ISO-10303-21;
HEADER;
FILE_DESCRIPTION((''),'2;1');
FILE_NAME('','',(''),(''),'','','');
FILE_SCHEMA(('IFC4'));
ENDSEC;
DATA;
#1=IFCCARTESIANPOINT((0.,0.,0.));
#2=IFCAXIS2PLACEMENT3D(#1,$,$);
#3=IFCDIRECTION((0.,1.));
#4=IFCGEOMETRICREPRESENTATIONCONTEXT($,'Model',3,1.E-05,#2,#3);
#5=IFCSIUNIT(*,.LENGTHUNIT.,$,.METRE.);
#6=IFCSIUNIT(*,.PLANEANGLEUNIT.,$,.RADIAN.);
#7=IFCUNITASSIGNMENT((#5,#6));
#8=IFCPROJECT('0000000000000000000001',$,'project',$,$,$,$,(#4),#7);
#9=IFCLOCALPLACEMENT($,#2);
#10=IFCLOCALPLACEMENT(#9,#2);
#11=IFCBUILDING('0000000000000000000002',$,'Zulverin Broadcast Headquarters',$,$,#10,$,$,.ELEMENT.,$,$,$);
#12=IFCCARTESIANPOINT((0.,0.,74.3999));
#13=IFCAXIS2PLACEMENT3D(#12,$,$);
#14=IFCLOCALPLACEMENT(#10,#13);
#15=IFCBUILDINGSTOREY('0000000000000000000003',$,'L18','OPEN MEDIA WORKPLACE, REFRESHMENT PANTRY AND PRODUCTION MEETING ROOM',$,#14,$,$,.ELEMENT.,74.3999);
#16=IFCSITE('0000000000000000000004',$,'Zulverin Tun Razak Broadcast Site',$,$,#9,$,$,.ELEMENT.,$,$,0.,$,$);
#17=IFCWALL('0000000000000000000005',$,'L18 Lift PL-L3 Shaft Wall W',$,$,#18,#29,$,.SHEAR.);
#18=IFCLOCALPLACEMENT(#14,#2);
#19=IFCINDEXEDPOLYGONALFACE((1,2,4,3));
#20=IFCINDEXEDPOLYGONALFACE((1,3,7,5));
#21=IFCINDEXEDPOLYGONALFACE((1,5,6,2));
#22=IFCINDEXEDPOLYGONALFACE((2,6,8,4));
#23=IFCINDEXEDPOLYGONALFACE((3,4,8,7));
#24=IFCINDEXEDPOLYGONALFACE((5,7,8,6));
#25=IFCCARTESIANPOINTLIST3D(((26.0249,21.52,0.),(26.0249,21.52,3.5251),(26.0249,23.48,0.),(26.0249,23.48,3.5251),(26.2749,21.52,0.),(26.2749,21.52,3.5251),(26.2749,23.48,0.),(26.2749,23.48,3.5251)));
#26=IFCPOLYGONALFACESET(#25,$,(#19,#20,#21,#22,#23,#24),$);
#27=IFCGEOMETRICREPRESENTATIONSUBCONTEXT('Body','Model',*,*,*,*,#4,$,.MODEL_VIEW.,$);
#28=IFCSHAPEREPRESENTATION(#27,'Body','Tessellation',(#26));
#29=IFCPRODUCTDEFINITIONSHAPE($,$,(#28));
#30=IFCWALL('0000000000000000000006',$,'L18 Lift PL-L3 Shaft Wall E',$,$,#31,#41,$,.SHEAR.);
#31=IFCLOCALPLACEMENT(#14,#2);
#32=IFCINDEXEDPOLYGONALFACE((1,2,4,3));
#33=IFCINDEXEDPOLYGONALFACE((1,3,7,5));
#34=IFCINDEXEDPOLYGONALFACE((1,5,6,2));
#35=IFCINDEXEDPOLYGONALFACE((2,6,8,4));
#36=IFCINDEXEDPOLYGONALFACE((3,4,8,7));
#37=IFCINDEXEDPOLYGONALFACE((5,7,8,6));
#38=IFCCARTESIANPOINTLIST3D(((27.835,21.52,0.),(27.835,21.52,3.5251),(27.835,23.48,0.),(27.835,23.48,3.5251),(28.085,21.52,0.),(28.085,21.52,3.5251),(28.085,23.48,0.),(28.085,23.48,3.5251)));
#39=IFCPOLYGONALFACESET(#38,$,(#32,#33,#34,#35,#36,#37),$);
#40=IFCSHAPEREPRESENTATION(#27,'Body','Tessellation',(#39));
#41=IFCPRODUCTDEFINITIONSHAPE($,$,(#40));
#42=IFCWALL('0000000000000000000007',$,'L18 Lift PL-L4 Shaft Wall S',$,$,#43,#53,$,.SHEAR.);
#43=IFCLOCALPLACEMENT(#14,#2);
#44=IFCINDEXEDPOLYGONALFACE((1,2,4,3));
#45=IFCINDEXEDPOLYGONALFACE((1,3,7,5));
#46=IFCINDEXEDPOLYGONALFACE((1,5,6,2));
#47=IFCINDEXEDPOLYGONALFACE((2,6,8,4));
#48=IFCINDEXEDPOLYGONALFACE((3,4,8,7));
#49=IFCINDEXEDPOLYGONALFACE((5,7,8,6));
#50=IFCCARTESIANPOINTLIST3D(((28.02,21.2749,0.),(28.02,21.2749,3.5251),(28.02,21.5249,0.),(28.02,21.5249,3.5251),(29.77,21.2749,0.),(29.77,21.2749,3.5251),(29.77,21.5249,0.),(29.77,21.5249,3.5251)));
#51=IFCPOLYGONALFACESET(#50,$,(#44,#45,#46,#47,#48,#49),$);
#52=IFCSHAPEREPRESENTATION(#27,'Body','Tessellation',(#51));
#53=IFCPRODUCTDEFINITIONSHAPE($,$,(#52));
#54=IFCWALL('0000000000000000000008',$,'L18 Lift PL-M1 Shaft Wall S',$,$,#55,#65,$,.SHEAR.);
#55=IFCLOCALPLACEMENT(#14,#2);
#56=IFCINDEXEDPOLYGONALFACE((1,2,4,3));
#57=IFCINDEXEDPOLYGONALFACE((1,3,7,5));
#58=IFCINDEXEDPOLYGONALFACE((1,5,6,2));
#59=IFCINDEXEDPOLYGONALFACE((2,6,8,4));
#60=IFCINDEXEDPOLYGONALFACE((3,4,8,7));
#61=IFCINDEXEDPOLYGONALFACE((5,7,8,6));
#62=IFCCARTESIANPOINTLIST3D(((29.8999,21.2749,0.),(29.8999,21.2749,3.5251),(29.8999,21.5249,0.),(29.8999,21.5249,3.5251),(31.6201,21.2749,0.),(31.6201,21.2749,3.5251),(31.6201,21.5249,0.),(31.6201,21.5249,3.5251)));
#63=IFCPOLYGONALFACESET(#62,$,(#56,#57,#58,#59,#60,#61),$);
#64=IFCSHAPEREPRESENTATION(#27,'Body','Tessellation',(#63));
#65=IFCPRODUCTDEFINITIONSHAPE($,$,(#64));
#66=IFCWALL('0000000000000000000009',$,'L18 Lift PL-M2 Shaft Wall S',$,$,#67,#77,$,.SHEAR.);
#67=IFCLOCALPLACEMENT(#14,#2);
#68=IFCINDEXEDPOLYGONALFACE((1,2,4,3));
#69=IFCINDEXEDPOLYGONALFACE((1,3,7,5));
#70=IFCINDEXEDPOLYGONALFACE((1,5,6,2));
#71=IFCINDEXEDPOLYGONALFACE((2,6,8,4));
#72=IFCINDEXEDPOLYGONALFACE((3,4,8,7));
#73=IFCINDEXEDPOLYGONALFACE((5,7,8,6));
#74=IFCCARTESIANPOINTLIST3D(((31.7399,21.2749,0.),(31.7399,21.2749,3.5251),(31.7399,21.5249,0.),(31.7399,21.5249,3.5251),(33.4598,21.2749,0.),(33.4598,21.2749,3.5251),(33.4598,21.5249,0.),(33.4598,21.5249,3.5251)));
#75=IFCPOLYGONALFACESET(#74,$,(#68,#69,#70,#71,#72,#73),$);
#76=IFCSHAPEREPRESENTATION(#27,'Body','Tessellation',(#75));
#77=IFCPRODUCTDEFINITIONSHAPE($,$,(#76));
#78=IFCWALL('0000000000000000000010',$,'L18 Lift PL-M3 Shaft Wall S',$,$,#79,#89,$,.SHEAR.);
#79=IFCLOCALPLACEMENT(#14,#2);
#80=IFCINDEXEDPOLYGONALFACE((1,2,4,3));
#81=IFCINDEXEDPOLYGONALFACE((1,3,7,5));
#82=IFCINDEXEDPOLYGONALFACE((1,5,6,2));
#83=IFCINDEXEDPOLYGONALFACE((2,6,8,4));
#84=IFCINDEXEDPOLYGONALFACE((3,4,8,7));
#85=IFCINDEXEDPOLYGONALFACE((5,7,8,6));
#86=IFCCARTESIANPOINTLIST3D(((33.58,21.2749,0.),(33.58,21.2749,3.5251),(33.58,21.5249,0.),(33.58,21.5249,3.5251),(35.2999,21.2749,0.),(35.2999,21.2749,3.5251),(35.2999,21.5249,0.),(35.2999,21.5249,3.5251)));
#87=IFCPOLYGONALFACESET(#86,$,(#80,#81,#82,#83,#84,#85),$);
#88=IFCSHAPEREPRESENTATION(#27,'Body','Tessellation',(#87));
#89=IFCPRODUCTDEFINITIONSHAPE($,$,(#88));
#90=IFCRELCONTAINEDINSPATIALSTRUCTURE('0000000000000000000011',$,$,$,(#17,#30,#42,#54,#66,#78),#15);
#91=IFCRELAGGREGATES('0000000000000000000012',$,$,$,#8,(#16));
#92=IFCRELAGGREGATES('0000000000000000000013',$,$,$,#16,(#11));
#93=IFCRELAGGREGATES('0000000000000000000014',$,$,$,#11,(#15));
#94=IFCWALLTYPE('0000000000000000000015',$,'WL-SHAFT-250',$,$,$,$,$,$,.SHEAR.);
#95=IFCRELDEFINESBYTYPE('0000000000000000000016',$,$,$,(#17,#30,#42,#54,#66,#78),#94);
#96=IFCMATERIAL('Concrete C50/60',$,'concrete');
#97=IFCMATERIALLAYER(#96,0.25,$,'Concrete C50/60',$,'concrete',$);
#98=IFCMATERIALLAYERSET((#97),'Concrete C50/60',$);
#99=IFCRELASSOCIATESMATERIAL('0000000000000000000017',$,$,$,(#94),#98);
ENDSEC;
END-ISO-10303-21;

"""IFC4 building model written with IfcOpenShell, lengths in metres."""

from ifc_helpers import new_model, si_unit, direction, frame, frame_2d, origin, place, context, subcontext, project, spatial, rectangle, extrude, material, layer, layer_set, type_object, element, save


model = new_model("IFC4")

# Units and contexts
model_context = context("Model", 3, precision=1e-05, world=origin(), true_north=direction((0.0, 1.0)))
body_context = subcontext(model_context, "Body", "Model", "MODEL_VIEW")
ifc_project = project(units=[si_unit("LENGTHUNIT", "METRE"), si_unit("PLANEANGLEUNIT", "RADIAN")], contexts=[model_context])

# Site, building, storey
site_placement = place(None, origin())
site = spatial("IfcSite", under=ifc_project, at=site_placement, Name="Zulverin Tun Razak Broadcast Site", CompositionType="ELEMENT", RefElevation=0.0)
building_placement = place(site_placement, origin())
building = spatial("IfcBuilding", under=site, at=building_placement, Name="Zulverin Broadcast Headquarters", CompositionType="ELEMENT")
storey_placement = place(building_placement, frame((0.0, 0.0, 74.3999)))
storey = spatial("IfcBuildingStorey", under=building, at=storey_placement, Name="L18", Description="OPEN MEDIA WORKPLACE, REFRESHMENT PANTRY AND PRODUCTION MEETING ROOM", CompositionType="ELEMENT", Elevation=74.3999)

# Walls
ifc_material_1 = material(Name="Concrete C50/60", Category="concrete")
ifc_layer_1 = layer(ifc_material_1, 0.25, Name="Concrete C50/60", Category="concrete")
ifc_layer_set_1 = layer_set([ifc_layer_1], Name="Concrete C50/60")
wall_type_1 = type_object("IfcWallType", Name="WL-SHAFT-250", PredefinedType="SHEAR", material=ifc_layer_set_1)
for number, where, z_axis, x_axis, name in (
    (1, (26.1499, 21.52, 0.0), (0.0, 0.0, 1.0), (0.0, 1.0, 0.0), "L18 Lift PL-L3 Shaft Wall W"),
    (2, (27.96, 21.52, 0.0), (0.0, 0.0, 1.0), (0.0, 1.0, 0.0), "L18 Lift PL-L3 Shaft Wall E"),
):
    element("IfcWall", number, at=place(storey_placement, frame(where, z_axis=z_axis, x_axis=x_axis)), inside=storey, type_object=wall_type_1, Name=name, PredefinedType="SHEAR", context=body_context, shape_type="SweptSolid", body=[
        extrude(rectangle(XDim=1.96, YDim=0.25, at=frame_2d((0.98, 0.0))), origin(), (0.0, 0.0, 1.0), 3.5251),
    ])
wall_1_placement = place(storey_placement, frame((28.02, 21.3999, 0.0), z_axis=(0.0, 0.0, 1.0), x_axis=(1.0, 0.0, 0.0)))
element("IfcWall", 3, at=wall_1_placement, inside=storey, type_object=wall_type_1, Name="L18 Lift PL-L4 Shaft Wall S", PredefinedType="SHEAR", context=body_context, shape_type="SweptSolid", body=[
    extrude(rectangle(XDim=1.75, YDim=0.25, at=frame_2d((0.875, 0.0))), origin(), (0.0, 0.0, 1.0), 3.5251),
])
wall_2_placement = place(storey_placement, frame((29.8999, 21.3999, 0.0), z_axis=(0.0, 0.0, 1.0), x_axis=(1.0, 0.0, 0.0)))
element("IfcWall", 4, at=wall_2_placement, inside=storey, type_object=wall_type_1, Name="L18 Lift PL-M1 Shaft Wall S", PredefinedType="SHEAR", context=body_context, shape_type="SweptSolid", body=[
    extrude(rectangle(XDim=1.7202, YDim=0.25, at=frame_2d((0.8601, 0.0))), origin(), (0.0, 0.0, 1.0), 3.5251),
])
for number, where, z_axis, x_axis, name in (
    (5, (31.74, 21.3999, 0.0), (0.0, 0.0, 1.0), (1.0, 0.0, 0.0), "L18 Lift PL-M2 Shaft Wall S"),
    (6, (33.5801, 21.3999, 0.0), (0.0, 0.0, 1.0), (1.0, 0.0, 0.0), "L18 Lift PL-M3 Shaft Wall S"),
):
    element("IfcWall", number, at=place(storey_placement, frame(where, z_axis=z_axis, x_axis=x_axis)), inside=storey, type_object=wall_type_1, Name=name, PredefinedType="SHEAR", context=body_context, shape_type="SweptSolid", body=[
        extrude(rectangle(XDim=1.72, YDim=0.25, at=frame_2d((0.8599, 0.0))), origin(), (0.0, 0.0, 1.0), 3.5251),
    ])

save(model, "model.ifc")
